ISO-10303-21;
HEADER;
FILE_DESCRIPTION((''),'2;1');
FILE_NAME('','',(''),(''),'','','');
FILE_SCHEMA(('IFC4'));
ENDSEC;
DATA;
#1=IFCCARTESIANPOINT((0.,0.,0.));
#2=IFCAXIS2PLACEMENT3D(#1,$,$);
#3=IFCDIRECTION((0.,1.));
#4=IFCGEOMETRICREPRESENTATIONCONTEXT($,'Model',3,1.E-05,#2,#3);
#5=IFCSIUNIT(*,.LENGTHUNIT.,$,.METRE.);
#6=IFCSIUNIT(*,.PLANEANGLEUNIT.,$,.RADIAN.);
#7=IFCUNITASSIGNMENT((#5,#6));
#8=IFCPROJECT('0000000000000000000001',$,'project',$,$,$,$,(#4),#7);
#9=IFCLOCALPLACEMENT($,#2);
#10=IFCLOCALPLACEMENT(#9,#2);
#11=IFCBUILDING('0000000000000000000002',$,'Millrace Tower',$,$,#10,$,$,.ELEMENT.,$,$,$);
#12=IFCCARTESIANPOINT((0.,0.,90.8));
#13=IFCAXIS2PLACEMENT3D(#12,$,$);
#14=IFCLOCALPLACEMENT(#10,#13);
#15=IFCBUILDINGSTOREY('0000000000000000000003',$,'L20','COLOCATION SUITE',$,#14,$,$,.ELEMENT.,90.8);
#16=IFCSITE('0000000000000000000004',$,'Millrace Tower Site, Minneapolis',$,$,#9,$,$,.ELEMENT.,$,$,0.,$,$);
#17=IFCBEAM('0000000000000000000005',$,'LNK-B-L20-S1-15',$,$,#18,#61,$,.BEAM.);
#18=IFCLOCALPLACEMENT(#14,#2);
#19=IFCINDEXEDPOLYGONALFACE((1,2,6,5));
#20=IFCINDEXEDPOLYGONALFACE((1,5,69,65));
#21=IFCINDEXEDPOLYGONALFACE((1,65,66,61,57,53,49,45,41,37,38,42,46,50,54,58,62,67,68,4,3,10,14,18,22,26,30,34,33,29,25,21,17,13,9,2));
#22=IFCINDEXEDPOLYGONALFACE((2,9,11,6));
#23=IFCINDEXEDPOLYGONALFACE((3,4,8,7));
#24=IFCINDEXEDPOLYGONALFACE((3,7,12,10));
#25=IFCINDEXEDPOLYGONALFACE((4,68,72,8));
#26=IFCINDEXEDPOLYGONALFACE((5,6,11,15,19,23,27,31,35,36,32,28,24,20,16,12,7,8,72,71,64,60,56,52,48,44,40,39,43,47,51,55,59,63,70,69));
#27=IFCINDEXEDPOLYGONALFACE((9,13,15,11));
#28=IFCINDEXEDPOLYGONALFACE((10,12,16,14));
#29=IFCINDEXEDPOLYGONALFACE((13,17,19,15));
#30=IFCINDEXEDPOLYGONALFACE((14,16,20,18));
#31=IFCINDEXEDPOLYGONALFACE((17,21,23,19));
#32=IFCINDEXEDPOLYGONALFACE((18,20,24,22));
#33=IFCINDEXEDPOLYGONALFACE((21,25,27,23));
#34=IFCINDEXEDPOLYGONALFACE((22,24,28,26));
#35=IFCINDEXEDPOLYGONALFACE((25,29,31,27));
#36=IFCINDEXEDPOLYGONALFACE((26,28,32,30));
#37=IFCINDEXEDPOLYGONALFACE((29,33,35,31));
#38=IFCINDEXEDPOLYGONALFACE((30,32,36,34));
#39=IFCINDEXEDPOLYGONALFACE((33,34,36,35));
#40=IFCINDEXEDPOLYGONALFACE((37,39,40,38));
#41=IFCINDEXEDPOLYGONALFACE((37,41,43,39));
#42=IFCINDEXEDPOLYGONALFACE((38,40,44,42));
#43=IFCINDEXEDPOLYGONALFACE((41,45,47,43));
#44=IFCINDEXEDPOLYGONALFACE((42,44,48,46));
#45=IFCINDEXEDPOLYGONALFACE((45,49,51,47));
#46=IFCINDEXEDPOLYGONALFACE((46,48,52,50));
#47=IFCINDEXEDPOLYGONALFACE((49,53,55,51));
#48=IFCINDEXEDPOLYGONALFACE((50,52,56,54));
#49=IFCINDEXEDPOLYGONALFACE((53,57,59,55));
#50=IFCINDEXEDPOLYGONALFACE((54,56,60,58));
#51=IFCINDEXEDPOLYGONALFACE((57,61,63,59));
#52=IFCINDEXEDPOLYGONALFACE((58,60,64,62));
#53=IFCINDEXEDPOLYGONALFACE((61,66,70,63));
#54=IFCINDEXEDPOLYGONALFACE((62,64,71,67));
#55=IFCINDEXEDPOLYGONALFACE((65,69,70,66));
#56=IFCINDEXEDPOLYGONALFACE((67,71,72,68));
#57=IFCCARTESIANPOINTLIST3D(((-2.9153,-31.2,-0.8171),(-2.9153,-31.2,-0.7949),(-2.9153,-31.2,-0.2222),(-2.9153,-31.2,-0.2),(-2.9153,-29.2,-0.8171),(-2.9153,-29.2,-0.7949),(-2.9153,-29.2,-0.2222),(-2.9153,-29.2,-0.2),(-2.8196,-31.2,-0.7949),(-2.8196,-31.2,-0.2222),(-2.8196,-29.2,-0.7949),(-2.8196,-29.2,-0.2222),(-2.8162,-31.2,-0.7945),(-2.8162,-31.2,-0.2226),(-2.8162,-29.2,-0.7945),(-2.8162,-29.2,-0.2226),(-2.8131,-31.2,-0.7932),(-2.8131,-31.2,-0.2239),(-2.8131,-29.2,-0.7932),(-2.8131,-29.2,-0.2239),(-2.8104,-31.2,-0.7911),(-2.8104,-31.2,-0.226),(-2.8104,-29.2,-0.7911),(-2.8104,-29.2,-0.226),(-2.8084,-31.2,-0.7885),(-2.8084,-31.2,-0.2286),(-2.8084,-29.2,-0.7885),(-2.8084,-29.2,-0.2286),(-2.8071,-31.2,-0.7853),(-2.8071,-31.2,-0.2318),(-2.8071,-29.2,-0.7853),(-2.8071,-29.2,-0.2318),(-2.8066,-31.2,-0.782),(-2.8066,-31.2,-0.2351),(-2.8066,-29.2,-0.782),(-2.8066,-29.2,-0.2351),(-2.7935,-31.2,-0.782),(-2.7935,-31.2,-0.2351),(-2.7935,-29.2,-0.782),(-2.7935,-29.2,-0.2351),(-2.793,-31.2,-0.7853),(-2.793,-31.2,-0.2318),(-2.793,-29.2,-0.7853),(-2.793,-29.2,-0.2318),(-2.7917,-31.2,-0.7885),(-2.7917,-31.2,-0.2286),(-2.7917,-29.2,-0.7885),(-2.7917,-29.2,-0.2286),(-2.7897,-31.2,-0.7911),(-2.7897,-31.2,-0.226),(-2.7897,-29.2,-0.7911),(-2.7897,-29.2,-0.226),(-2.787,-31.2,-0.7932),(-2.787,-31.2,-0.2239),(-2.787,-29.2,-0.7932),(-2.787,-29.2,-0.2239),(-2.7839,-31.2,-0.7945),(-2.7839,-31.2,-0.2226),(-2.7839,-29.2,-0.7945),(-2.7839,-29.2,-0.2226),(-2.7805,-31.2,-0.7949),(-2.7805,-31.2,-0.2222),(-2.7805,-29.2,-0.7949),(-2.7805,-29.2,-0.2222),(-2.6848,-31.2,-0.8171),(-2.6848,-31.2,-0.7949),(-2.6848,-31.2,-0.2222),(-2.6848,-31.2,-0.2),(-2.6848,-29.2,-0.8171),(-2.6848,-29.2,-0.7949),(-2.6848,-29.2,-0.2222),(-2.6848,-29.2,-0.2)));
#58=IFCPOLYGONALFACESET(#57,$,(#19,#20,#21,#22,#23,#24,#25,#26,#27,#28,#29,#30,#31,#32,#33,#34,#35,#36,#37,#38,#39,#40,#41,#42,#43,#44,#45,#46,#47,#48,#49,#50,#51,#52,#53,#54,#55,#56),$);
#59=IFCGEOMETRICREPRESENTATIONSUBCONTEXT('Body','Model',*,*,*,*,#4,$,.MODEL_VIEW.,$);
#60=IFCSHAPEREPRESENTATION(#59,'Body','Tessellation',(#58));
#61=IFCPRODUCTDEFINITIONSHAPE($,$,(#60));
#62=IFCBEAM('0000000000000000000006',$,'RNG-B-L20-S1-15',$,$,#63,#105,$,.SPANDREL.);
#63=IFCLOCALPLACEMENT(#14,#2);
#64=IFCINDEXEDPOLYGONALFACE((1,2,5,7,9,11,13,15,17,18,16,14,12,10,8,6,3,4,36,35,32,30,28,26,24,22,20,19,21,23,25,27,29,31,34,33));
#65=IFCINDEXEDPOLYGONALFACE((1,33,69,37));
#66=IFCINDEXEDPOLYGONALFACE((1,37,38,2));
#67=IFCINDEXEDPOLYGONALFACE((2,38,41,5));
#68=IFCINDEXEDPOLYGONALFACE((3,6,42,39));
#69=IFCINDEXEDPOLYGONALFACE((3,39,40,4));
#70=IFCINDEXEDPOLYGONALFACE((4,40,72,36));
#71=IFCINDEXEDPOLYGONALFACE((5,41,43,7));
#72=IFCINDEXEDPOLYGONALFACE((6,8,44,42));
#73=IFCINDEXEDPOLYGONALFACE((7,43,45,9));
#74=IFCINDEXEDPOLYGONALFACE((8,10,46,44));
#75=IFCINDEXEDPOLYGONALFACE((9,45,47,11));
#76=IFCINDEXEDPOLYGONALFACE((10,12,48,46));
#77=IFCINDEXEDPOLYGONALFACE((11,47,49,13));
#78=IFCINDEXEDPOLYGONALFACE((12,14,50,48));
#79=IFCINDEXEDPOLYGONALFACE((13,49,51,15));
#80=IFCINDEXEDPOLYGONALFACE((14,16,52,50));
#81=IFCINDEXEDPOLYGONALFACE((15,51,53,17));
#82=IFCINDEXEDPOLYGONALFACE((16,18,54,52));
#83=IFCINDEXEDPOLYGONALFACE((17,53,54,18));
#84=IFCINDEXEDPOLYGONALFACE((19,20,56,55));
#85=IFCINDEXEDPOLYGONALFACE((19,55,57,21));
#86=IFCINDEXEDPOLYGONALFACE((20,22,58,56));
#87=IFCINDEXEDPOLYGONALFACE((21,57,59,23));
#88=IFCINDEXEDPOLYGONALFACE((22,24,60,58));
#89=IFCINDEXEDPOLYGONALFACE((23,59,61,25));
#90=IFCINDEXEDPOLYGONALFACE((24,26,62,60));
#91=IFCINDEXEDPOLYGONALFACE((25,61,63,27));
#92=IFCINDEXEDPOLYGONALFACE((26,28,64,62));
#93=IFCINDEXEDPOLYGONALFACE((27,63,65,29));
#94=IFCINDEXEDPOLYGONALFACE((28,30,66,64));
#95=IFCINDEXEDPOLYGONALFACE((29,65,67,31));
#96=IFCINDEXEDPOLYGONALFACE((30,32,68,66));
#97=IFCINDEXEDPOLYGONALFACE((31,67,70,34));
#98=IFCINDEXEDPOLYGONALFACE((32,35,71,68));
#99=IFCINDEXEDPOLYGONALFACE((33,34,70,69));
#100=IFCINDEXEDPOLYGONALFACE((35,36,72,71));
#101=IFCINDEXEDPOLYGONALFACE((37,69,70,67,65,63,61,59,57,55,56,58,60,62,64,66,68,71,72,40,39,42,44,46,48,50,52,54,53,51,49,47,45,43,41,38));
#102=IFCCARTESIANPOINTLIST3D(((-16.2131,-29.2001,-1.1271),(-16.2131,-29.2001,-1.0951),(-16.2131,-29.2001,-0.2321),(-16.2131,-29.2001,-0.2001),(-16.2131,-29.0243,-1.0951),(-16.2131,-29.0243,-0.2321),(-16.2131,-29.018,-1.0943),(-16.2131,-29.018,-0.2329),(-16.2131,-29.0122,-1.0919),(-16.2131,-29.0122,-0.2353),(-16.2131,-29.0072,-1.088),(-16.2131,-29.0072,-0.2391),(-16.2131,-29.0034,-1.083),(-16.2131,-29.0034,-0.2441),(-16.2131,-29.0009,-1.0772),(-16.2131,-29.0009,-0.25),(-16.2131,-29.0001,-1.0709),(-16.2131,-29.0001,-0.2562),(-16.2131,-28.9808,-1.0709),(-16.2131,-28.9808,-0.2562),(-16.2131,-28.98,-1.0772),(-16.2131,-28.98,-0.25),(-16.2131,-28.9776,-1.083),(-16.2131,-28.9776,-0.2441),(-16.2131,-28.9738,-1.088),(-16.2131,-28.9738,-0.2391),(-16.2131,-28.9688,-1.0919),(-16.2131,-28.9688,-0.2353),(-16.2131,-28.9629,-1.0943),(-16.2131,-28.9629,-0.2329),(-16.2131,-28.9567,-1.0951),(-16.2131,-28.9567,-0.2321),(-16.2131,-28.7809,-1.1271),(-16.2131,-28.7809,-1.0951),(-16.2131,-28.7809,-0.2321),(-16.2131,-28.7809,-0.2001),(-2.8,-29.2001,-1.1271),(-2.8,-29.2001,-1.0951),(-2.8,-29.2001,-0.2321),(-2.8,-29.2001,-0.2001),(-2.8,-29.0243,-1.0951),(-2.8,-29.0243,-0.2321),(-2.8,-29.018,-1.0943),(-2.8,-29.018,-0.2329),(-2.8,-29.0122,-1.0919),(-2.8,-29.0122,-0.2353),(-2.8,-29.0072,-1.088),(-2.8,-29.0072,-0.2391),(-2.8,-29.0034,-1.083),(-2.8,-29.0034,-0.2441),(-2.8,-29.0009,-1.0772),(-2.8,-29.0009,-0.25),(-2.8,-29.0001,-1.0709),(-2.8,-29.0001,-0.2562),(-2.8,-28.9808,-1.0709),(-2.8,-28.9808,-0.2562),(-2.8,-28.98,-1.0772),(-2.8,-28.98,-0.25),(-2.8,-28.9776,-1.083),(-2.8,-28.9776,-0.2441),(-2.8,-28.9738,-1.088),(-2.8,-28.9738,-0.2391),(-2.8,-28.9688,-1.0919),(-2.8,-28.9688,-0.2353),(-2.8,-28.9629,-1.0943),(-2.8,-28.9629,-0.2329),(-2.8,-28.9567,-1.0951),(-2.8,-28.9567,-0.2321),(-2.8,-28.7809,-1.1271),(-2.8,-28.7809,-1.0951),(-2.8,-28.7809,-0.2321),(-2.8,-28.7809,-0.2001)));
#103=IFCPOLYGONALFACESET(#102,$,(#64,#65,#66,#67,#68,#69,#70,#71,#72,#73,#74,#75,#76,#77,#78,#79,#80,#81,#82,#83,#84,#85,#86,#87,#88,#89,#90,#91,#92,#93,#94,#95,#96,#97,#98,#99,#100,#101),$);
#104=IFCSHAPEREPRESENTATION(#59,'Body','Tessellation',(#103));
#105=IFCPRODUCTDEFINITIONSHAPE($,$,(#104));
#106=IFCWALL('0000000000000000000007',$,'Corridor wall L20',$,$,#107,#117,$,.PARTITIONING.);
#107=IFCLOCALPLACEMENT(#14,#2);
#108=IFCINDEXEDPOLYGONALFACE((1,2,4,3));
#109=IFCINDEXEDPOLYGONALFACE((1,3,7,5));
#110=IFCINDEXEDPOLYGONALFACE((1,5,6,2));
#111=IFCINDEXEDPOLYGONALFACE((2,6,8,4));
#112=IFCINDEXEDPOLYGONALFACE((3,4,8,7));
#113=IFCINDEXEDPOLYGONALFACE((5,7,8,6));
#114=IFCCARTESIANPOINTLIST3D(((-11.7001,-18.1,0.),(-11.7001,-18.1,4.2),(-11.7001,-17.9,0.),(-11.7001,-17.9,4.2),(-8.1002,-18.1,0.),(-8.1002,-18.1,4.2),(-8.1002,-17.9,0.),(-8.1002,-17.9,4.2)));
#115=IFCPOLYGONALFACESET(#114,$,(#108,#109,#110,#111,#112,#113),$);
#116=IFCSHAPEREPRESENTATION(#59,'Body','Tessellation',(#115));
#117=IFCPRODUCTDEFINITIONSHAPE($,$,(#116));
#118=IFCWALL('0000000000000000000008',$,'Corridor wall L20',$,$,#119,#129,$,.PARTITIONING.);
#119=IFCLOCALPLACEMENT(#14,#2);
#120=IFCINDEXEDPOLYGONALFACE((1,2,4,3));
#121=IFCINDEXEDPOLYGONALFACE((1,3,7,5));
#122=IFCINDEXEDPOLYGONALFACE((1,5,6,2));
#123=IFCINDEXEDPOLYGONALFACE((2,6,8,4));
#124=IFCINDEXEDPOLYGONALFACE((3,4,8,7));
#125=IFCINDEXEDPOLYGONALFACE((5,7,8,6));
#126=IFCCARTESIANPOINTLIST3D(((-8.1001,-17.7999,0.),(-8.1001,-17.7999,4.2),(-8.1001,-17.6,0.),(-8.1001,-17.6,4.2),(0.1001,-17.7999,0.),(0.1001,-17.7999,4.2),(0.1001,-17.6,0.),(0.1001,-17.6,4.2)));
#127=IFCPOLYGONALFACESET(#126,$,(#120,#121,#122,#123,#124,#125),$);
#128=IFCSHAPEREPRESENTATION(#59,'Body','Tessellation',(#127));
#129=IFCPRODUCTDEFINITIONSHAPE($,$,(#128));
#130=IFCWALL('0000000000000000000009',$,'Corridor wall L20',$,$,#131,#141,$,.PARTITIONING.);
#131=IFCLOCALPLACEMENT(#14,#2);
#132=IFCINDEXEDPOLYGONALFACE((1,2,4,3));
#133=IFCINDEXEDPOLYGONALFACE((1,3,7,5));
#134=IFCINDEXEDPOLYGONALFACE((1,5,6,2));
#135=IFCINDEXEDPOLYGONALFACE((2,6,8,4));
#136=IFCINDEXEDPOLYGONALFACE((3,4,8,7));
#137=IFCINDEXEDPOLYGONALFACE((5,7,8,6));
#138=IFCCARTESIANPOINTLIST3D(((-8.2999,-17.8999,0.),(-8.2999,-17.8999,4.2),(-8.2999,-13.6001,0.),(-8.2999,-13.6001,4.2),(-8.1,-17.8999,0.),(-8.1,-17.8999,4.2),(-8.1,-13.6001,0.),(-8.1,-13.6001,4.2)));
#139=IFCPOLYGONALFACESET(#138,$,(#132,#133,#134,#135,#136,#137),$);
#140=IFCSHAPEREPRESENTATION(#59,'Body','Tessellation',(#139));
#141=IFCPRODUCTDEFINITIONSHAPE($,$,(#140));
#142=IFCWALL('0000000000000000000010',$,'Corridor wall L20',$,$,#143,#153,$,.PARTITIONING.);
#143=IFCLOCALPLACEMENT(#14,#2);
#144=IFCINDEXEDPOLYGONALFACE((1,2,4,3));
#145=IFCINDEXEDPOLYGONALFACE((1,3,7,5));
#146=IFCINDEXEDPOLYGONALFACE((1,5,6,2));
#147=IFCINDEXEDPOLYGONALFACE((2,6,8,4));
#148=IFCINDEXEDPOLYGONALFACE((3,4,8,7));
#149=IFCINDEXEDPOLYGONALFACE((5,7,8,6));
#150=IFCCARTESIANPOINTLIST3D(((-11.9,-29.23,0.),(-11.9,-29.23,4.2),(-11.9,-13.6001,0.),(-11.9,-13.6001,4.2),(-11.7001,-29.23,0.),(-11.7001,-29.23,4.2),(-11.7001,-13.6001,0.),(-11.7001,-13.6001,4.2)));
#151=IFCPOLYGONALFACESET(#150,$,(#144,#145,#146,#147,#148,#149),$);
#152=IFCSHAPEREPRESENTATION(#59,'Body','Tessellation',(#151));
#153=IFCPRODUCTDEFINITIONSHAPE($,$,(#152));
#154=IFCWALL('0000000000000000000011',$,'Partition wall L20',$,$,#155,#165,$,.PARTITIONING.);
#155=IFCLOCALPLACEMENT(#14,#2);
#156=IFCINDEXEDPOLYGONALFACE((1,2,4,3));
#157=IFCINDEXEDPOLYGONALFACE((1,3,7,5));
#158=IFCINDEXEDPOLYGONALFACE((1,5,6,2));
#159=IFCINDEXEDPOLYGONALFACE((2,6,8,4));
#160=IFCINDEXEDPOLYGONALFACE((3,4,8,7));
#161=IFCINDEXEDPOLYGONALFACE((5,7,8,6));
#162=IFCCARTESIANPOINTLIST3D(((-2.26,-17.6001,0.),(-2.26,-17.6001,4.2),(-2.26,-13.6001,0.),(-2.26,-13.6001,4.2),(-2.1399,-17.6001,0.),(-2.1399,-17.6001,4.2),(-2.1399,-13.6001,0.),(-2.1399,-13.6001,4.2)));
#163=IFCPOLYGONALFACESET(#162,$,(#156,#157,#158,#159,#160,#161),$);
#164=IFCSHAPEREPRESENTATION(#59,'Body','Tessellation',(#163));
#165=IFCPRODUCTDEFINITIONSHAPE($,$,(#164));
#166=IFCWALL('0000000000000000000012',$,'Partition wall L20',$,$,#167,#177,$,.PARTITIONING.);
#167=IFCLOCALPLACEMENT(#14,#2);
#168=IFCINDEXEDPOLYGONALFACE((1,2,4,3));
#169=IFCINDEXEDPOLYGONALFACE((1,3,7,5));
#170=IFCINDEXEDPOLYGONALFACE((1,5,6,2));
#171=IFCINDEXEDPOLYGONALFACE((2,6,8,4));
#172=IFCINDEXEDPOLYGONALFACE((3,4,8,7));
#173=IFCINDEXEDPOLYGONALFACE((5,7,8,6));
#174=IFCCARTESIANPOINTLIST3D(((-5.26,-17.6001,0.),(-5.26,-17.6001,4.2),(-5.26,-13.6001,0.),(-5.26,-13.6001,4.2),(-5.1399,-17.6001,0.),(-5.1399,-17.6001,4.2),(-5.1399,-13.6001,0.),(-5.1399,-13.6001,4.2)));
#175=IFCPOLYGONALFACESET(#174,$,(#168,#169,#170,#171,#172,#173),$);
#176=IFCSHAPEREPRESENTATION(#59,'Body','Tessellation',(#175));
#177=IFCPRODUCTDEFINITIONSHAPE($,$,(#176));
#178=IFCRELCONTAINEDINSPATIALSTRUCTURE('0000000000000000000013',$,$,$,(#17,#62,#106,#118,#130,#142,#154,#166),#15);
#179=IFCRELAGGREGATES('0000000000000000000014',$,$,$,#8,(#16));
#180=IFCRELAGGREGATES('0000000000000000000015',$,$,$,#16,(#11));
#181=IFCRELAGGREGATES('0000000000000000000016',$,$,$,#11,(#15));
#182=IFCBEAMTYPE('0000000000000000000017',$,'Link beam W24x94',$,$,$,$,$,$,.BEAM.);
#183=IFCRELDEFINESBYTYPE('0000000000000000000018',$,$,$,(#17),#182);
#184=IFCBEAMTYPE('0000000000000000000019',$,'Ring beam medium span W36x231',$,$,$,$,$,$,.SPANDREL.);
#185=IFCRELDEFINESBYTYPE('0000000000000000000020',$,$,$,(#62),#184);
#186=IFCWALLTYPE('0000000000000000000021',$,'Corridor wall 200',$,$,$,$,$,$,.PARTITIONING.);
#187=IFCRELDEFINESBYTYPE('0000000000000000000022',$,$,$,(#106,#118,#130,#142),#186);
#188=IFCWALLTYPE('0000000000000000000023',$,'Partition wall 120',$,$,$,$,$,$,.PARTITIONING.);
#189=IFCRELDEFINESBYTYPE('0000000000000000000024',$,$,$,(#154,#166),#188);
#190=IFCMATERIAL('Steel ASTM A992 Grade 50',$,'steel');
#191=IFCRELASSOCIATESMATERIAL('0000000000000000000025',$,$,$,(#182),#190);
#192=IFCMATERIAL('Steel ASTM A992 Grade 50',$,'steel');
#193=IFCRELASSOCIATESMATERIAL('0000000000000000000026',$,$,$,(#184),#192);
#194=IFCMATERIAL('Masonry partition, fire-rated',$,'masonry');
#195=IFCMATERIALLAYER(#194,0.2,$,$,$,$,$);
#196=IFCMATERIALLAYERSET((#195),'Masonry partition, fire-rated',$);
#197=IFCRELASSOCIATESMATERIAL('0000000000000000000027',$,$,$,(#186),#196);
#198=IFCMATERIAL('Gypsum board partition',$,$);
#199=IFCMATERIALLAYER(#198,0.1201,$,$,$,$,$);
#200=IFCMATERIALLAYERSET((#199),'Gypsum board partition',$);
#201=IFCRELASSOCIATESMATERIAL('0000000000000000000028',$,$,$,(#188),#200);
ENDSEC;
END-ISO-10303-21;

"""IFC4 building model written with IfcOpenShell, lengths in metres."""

from ifc_helpers import new_model, si_unit, direction, frame, frame_2d, origin, origin_2d, place, context, subcontext, project, spatial, rectangle, i_section, extrude, material, layer, layer_set, material_profile, profile_set, type_object, element, save


model = new_model("IFC4")

# Units and contexts
model_context = context("Model", 3, precision=1e-05, world=origin(), true_north=direction((0.0, 1.0)))
body_context = subcontext(model_context, "Body", "Model", "MODEL_VIEW")
ifc_project = project(units=[si_unit("LENGTHUNIT", "METRE"), si_unit("PLANEANGLEUNIT", "RADIAN")], contexts=[model_context])

# Site, building, storey
site_placement = place(None, origin())
site = spatial("IfcSite", under=ifc_project, at=site_placement, Name="Millrace Tower Site, Minneapolis", CompositionType="ELEMENT", RefElevation=0.0)
building_placement = place(site_placement, origin())
building = spatial("IfcBuilding", under=site, at=building_placement, Name="Millrace Tower", CompositionType="ELEMENT")
storey_placement = place(building_placement, frame((0.0, 0.0, 90.8)))
storey = spatial("IfcBuildingStorey", under=building, at=storey_placement, Name="L20", Description="COLOCATION SUITE", CompositionType="ELEMENT", Elevation=90.8)

# Beams
ifc_material_1 = material(Name="Steel ASTM A992 Grade 50", Category="steel")
ifc_material_profile_1 = material_profile(ifc_material_1, i_section(OverallWidth=0.2305, OverallDepth=0.6172, WebThickness=0.0132, FlangeThickness=0.0222, FilletRadius=0.0129, at=origin_2d()))
ifc_profile_set_1 = profile_set([ifc_material_profile_1], Name="Steel ASTM A992 Grade 50")
beam_type_1 = type_object("IfcBeamType", Name="Link beam W24x94", PredefinedType="BEAM", material=ifc_profile_set_1)
beam_1_placement = place(storey_placement, frame((-2.8, -29.2, -0.5085), z_axis=(0.0, -1.0, 0.0), x_axis=(1.0, 0.0, 0.0)))
element("IfcBeam", 1, at=beam_1_placement, inside=storey, type_object=beam_type_1, Name="LNK-B-L20-S1-15", PredefinedType="BEAM", context=body_context, shape_type="SweptSolid", body=[
    extrude(i_section(OverallWidth=0.2305, OverallDepth=0.6172, WebThickness=0.0132, FlangeThickness=0.0222, FilletRadius=0.0129, at=origin_2d()), origin(), (0.0, 0.0, 1.0), 2.0),
])
ifc_material_2 = material(Name="Steel ASTM A992 Grade 50", Category="steel")
ifc_material_profile_2 = material_profile(ifc_material_2, i_section(OverallWidth=0.4192, OverallDepth=0.927, WebThickness=0.0193, FlangeThickness=0.032, FilletRadius=0.0242, at=origin_2d()))
ifc_profile_set_2 = profile_set([ifc_material_profile_2], Name="Steel ASTM A992 Grade 50")
beam_type_2 = type_object("IfcBeamType", Name="Ring beam medium span W36x231", PredefinedType="SPANDREL", material=ifc_profile_set_2)
beam_2_placement = place(storey_placement, frame((-2.8, -28.9905, -0.6636), z_axis=(-1.0, 0.0, 0.0), x_axis=(0.0, -1.0, 0.0)))
element("IfcBeam", 2, at=beam_2_placement, inside=storey, type_object=beam_type_2, Name="RNG-B-L20-S1-15", PredefinedType="SPANDREL", context=body_context, shape_type="SweptSolid", body=[
    extrude(i_section(OverallWidth=0.4192, OverallDepth=0.927, WebThickness=0.0193, FlangeThickness=0.032, FilletRadius=0.0242, at=origin_2d()), origin(), (0.0, 0.0, 1.0), 13.4131),
])

# Walls
ifc_material_3 = material(Name="Masonry partition, fire-rated", Category="masonry")
ifc_layer_1 = layer(ifc_material_3, 0.2)
ifc_layer_set_1 = layer_set([ifc_layer_1], Name="Masonry partition, fire-rated")
wall_type_1 = type_object("IfcWallType", Name="Corridor wall 200", PredefinedType="PARTITIONING", material=ifc_layer_set_1)
wall_1_placement = place(storey_placement, frame((-11.7, -18.0, 0.0), z_axis=(0.0, 0.0, 1.0), x_axis=(1.0, 0.0, 0.0)))
element("IfcWall", 3, at=wall_1_placement, inside=storey, type_object=wall_type_1, Name="Corridor wall L20", PredefinedType="PARTITIONING", context=body_context, shape_type="SweptSolid", body=[
    extrude(rectangle(XDim=3.5999, YDim=0.2, at=frame_2d((1.7998, 0.0))), origin(), (0.0, 0.0, 1.0), 4.2),
])
wall_2_placement = place(storey_placement, frame((-8.1001, -17.7, 0.0), z_axis=(0.0, 0.0, 1.0), x_axis=(1.0, 0.0, 0.0)))
element("IfcWall", 4, at=wall_2_placement, inside=storey, type_object=wall_type_1, Name="Corridor wall L20", PredefinedType="PARTITIONING", context=body_context, shape_type="SweptSolid", body=[
    extrude(rectangle(XDim=8.2002, YDim=0.2, at=frame_2d((4.1001, 0.0))), origin(), (0.0, 0.0, 1.0), 4.2),
])
wall_3_placement = place(storey_placement, frame((-8.2, -17.8999, 0.0), z_axis=(0.0, 0.0, 1.0), x_axis=(0.0, 1.0, 0.0)))
element("IfcWall", 5, at=wall_3_placement, inside=storey, type_object=wall_type_1, Name="Corridor wall L20", PredefinedType="PARTITIONING", context=body_context, shape_type="SweptSolid", body=[
    extrude(rectangle(XDim=4.2998, YDim=0.2, at=frame_2d((2.1499, 0.0))), origin(), (0.0, 0.0, 1.0), 4.2),
])
wall_4_placement = place(storey_placement, frame((-11.8, -29.23, 0.0), z_axis=(0.0, 0.0, 1.0), x_axis=(0.0, 1.0, 0.0)))
element("IfcWall", 6, at=wall_4_placement, inside=storey, type_object=wall_type_1, Name="Corridor wall L20", PredefinedType="PARTITIONING", context=body_context, shape_type="SweptSolid", body=[
    extrude(rectangle(XDim=15.6299, YDim=0.2, at=frame_2d((7.8149, 0.0))), origin(), (0.0, 0.0, 1.0), 4.2),
])
ifc_material_4 = material(Name="Gypsum board partition")
ifc_layer_2 = layer(ifc_material_4, 0.1201)
ifc_layer_set_2 = layer_set([ifc_layer_2], Name="Gypsum board partition")
wall_type_2 = type_object("IfcWallType", Name="Partition wall 120", PredefinedType="PARTITIONING", material=ifc_layer_set_2)
for number, where, z_axis, x_axis, name in (
    (7, (-2.2, -17.6001, 0.0), (0.0, 0.0, 1.0), (0.0, 1.0, 0.0), "Partition wall L20"),
    (8, (-5.2, -17.6001, 0.0), (0.0, 0.0, 1.0), (0.0, 1.0, 0.0), "Partition wall L20"),
):
    element("IfcWall", number, at=place(storey_placement, frame(where, z_axis=z_axis, x_axis=x_axis)), inside=storey, type_object=wall_type_2, Name=name, PredefinedType="PARTITIONING", context=body_context, shape_type="SweptSolid", body=[
        extrude(rectangle(XDim=4.0, YDim=0.1201, at=frame_2d((2.0, 0.0))), origin(), (0.0, 0.0, 1.0), 4.2),
    ])

save(model, "model.ifc")
